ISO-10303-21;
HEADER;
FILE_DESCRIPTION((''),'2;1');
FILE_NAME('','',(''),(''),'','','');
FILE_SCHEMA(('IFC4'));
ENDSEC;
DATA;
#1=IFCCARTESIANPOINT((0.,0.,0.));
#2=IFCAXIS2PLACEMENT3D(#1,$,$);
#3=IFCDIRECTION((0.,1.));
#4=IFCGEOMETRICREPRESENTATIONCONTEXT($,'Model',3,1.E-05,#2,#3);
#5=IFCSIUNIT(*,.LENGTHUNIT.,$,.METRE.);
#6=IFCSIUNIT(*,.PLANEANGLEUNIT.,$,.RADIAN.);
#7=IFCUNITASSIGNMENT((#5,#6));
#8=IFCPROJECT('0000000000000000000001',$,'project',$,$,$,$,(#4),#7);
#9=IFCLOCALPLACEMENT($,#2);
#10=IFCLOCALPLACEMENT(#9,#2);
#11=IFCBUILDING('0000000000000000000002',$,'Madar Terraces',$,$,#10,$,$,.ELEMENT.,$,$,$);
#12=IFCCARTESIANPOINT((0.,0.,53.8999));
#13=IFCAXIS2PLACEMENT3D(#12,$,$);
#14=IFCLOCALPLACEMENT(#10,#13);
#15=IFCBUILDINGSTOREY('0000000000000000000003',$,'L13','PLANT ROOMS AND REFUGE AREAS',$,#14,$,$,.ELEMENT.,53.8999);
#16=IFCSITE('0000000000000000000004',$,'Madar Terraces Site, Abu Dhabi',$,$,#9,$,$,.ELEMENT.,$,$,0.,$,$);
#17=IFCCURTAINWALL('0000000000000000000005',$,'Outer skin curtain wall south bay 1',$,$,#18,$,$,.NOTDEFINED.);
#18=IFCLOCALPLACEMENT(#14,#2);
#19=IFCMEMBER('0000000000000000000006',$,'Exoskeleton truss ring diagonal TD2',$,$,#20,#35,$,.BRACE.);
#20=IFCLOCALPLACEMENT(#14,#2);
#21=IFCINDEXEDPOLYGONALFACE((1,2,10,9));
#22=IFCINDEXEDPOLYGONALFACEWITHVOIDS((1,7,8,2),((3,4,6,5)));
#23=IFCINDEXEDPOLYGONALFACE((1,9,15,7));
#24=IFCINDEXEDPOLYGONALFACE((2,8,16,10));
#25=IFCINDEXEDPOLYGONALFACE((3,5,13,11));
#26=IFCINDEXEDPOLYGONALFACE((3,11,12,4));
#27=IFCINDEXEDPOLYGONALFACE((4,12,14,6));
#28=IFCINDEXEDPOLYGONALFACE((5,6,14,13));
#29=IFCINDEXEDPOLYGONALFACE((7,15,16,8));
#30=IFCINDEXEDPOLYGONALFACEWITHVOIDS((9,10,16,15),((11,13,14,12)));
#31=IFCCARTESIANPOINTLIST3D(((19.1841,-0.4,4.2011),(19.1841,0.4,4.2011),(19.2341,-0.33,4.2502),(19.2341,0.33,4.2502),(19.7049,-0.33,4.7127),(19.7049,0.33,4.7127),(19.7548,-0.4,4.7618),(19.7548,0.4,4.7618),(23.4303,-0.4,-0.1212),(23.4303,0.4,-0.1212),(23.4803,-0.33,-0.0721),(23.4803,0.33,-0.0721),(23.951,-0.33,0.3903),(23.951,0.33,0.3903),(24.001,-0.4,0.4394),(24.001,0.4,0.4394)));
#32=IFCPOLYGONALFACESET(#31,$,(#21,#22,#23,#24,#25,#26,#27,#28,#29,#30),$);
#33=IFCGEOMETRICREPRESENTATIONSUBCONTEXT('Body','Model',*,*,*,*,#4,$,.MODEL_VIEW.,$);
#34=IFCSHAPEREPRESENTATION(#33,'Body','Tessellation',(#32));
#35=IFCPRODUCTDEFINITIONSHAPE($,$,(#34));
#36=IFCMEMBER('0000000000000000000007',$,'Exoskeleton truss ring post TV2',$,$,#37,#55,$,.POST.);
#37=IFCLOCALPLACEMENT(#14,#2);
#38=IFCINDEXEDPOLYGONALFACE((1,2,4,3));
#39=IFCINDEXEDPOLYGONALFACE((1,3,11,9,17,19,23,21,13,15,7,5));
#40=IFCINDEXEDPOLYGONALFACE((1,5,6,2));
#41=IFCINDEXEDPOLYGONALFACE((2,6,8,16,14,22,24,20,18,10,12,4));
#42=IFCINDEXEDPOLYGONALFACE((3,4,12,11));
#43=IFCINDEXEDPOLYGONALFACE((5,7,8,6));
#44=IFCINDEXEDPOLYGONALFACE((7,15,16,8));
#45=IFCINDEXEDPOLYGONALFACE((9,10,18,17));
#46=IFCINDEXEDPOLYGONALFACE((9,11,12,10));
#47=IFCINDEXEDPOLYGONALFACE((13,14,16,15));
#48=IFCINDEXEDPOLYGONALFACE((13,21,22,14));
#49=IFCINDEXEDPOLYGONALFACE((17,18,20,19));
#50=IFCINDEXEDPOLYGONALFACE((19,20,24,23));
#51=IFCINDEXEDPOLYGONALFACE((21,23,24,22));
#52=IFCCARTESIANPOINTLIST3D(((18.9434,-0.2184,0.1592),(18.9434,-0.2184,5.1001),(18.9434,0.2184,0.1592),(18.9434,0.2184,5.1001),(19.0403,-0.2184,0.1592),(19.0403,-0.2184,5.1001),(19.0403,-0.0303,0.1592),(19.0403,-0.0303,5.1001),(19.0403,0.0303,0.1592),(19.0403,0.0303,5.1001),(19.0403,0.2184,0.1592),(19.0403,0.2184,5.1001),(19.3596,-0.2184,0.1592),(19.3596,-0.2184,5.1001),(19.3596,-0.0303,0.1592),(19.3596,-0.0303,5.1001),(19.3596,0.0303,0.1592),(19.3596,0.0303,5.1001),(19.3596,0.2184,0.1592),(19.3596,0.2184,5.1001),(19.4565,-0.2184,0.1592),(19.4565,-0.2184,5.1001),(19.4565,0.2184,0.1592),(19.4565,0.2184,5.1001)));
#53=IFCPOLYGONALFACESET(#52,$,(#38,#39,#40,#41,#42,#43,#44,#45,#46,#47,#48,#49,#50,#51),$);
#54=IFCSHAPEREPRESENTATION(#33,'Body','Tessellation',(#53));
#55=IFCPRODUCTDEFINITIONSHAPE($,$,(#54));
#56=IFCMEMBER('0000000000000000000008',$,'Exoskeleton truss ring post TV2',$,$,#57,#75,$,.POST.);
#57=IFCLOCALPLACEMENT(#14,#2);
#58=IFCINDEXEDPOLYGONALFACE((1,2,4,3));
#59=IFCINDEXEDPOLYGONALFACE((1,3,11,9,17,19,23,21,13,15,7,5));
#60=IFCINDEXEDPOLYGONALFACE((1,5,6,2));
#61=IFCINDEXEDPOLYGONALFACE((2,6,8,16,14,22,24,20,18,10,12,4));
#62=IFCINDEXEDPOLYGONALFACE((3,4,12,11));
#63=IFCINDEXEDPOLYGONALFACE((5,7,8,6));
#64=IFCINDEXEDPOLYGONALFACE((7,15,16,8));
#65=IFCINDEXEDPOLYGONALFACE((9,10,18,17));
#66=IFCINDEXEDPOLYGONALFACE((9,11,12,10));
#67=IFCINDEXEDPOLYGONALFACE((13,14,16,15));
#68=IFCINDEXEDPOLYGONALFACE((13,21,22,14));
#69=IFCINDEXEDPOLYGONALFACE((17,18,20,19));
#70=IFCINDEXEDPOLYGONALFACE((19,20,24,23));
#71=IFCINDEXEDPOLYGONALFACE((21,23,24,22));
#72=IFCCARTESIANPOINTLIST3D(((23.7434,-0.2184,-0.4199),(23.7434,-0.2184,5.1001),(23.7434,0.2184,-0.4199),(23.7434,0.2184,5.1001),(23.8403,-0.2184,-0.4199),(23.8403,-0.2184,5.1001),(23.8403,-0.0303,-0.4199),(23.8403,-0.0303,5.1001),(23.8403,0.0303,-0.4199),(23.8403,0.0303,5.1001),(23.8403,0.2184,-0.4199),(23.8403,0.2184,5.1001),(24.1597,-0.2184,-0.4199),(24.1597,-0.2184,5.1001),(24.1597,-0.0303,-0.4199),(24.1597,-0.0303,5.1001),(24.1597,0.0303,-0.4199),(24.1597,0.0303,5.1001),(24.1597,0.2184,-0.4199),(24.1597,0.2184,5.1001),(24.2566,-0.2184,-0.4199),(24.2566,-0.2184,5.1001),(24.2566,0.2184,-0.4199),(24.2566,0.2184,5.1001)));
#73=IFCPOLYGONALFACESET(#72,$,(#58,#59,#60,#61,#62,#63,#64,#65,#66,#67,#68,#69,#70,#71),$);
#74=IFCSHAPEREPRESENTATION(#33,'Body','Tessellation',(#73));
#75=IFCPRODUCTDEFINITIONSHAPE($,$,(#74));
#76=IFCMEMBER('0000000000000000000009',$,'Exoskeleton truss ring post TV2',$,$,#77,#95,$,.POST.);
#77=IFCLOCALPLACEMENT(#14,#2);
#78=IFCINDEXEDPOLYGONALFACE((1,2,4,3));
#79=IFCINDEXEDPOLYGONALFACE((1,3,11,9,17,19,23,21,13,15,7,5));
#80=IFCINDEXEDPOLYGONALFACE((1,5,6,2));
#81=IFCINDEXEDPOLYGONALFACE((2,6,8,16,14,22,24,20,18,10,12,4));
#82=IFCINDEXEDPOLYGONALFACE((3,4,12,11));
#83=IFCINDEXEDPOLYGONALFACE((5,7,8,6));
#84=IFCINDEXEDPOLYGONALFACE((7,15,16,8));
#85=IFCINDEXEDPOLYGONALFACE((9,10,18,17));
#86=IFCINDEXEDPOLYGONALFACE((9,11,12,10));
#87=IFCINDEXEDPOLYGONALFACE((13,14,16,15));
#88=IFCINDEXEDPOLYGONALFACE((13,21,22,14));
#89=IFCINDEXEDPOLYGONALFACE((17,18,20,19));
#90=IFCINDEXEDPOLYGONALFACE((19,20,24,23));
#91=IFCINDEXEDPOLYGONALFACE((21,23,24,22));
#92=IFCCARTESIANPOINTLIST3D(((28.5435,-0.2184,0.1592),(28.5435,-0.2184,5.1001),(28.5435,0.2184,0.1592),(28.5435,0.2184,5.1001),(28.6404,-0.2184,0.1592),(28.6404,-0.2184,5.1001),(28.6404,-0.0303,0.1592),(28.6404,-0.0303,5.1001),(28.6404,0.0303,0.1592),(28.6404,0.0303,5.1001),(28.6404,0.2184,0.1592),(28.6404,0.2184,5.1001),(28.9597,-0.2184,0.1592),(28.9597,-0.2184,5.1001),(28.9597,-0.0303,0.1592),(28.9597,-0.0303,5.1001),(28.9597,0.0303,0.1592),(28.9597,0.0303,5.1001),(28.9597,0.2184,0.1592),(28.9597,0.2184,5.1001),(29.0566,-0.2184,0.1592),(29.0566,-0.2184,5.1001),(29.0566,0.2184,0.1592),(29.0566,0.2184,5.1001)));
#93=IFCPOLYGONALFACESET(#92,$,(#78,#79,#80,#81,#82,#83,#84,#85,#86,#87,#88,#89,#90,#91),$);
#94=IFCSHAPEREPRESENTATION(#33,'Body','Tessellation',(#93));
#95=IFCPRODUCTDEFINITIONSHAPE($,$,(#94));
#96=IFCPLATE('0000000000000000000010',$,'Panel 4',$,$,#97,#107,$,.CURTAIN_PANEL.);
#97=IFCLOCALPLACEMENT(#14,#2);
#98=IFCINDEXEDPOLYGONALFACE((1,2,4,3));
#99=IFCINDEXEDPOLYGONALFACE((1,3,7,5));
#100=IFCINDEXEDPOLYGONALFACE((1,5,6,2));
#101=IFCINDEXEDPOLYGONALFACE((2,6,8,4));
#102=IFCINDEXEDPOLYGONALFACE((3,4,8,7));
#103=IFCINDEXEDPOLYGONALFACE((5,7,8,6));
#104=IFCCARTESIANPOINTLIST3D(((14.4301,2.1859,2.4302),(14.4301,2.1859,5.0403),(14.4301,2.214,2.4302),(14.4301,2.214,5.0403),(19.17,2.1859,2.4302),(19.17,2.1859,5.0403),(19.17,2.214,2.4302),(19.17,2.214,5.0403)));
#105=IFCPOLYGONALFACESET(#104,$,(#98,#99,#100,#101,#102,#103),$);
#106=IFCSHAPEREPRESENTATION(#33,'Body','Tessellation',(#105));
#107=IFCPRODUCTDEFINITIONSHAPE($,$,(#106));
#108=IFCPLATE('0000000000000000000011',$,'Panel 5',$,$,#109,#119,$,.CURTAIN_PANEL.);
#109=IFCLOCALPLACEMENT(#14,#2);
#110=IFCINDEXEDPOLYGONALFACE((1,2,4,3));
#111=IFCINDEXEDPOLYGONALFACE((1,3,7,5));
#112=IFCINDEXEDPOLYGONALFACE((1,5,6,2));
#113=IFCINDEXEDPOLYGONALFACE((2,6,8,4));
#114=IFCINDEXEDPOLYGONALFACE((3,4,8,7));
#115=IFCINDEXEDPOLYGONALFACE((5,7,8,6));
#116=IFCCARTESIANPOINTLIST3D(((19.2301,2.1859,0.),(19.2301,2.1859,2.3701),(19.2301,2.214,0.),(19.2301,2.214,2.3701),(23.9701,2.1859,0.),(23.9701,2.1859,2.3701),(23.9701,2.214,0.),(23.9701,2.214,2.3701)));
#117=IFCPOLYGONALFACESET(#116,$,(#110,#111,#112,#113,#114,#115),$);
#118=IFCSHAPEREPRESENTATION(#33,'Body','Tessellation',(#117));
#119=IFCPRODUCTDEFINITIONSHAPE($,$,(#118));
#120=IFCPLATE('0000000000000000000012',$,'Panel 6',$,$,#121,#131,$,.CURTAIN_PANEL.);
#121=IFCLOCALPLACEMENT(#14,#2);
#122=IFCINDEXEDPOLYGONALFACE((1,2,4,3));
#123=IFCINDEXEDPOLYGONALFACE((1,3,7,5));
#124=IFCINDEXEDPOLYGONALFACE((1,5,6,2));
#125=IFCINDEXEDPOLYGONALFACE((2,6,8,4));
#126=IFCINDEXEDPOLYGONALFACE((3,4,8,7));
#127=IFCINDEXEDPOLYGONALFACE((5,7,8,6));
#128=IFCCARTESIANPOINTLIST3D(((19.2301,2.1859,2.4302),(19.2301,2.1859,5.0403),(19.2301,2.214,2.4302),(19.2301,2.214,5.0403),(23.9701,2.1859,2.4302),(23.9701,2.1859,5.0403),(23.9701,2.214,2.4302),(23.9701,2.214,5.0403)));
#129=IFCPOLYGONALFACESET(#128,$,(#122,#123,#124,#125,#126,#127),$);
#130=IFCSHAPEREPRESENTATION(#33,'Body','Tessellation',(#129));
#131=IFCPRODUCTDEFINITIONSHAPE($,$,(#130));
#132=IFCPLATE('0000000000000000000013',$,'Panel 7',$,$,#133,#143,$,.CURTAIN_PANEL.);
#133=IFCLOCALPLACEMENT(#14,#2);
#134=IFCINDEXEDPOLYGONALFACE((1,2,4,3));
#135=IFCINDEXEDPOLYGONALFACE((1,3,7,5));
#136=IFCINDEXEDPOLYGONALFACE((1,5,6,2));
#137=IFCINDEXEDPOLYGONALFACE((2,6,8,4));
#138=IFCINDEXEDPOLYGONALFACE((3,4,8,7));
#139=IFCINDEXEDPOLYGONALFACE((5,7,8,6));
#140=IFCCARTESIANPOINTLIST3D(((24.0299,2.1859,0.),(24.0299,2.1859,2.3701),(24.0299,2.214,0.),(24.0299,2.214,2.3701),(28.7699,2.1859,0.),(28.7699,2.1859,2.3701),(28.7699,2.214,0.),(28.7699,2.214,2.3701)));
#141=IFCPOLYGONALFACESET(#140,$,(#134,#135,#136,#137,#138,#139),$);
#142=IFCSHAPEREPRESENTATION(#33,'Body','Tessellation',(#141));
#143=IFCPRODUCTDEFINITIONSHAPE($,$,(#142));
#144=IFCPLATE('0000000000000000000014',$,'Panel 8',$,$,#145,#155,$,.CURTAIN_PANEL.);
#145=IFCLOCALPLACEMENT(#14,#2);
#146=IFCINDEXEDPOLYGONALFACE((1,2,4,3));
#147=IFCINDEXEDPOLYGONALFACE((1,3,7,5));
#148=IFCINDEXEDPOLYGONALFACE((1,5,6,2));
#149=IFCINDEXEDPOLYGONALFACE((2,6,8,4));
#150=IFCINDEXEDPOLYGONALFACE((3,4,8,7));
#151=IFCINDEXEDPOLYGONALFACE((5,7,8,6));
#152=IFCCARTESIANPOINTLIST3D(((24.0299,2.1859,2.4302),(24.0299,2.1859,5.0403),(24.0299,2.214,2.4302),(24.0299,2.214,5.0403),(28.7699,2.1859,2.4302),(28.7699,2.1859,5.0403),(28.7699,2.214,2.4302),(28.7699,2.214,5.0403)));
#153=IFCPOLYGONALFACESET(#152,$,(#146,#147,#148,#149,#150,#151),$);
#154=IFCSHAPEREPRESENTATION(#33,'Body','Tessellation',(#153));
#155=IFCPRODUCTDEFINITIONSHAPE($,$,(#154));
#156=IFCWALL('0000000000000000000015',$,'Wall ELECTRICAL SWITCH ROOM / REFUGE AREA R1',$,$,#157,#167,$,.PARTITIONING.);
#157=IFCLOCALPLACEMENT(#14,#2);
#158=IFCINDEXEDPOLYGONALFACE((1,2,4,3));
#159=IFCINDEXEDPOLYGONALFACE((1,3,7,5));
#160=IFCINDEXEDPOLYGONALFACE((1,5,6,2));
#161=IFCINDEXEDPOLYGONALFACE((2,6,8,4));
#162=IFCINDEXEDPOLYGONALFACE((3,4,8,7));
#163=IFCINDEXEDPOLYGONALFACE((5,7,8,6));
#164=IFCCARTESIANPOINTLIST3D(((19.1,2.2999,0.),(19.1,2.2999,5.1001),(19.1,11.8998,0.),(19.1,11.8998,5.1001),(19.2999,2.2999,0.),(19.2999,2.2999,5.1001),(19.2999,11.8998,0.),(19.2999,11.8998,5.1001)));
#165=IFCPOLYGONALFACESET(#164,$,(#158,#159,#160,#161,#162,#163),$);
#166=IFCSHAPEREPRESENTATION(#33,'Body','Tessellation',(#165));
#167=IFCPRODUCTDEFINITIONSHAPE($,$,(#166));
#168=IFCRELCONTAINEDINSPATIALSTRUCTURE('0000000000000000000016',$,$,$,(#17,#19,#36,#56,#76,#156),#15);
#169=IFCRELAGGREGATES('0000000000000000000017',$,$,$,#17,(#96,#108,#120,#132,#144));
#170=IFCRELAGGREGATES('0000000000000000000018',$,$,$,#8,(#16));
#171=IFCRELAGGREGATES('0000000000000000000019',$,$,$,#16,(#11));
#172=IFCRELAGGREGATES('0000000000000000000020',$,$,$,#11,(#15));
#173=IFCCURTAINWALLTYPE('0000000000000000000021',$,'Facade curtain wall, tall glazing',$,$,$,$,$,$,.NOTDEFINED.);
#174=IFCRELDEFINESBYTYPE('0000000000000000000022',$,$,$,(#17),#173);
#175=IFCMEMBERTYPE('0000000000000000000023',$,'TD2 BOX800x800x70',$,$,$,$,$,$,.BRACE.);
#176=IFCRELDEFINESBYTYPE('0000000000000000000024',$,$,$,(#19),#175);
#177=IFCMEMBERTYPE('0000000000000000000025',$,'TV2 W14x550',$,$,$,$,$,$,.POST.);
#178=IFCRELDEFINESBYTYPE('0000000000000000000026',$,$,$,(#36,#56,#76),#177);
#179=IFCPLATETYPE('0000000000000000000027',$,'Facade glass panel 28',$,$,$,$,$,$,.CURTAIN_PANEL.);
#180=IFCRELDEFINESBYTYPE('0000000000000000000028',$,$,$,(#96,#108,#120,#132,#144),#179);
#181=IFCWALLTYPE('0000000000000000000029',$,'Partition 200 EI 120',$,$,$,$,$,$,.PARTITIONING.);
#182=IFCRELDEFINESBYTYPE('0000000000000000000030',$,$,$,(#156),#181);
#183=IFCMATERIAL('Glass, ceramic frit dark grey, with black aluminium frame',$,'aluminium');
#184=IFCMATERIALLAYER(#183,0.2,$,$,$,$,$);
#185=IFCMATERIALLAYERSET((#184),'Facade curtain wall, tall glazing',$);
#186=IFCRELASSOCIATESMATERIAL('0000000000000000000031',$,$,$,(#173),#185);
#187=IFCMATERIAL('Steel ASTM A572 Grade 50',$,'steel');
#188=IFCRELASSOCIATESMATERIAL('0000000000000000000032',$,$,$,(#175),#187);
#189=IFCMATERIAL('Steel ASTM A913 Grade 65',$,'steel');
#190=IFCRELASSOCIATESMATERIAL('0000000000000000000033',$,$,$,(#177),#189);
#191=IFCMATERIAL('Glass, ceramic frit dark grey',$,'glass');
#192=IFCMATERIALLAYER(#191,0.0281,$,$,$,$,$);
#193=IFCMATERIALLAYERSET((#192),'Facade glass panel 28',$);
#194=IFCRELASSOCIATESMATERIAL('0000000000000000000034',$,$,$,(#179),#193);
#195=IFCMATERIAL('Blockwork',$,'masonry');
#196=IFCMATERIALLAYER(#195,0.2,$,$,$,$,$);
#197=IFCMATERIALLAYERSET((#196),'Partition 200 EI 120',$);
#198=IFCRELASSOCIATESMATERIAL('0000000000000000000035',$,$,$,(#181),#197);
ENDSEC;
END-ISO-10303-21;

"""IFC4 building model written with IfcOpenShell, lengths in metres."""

from ifc_helpers import new_model, si_unit, direction, frame, frame_2d, origin, origin_2d, place, context, subcontext, project, spatial, rectangle, hollow_rectangle, i_section, extrude, material, layer, layer_set, material_profile, profile_set, type_object, element, aggregate, save


model = new_model("IFC4")

# Units and contexts
model_context = context("Model", 3, precision=1e-05, world=origin(), true_north=direction((0.0, 1.0)))
body_context = subcontext(model_context, "Body", "Model", "MODEL_VIEW")
ifc_project = project(units=[si_unit("LENGTHUNIT", "METRE"), si_unit("PLANEANGLEUNIT", "RADIAN")], contexts=[model_context])

# Site, building, storey
site_placement = place(None, origin())
site = spatial("IfcSite", under=ifc_project, at=site_placement, Name="Madar Terraces Site, Abu Dhabi", CompositionType="ELEMENT", RefElevation=0.0)
building_placement = place(site_placement, origin())
building = spatial("IfcBuilding", under=site, at=building_placement, Name="Madar Terraces", CompositionType="ELEMENT")
storey_placement = place(building_placement, frame((0.0, 0.0, 53.8999)))
storey = spatial("IfcBuildingStorey", under=building, at=storey_placement, Name="L13", Description="PLANT ROOMS AND REFUGE AREAS", CompositionType="ELEMENT", Elevation=53.8999)

# Curtain wall
ifc_material_1 = material(Name="Glass, ceramic frit dark grey, with black aluminium frame", Category="aluminium")
ifc_layer_1 = layer(ifc_material_1, 0.2)
ifc_layer_set_1 = layer_set([ifc_layer_1], Name="Facade curtain wall, tall glazing")
curtain_wall_type = type_object("IfcCurtainWallType", Name="Facade curtain wall, tall glazing", PredefinedType="NOTDEFINED", material=ifc_layer_set_1)
curtain_wall_placement = place(storey_placement, origin())
curtain_wall = element("IfcCurtainWall", 1, at=curtain_wall_placement, inside=storey, type_object=curtain_wall_type, Name="Outer skin curtain wall south bay 1", PredefinedType="NOTDEFINED")

# Members
ifc_material_2 = material(Name="Steel ASTM A572 Grade 50", Category="steel")
ifc_material_profile_1 = material_profile(ifc_material_2, hollow_rectangle(XDim=0.8, YDim=0.8, WallThickness=0.0701, at=origin_2d()), Name="BOX800x800x70")
ifc_profile_set_1 = profile_set([ifc_material_profile_1], Name="Steel ASTM A572 Grade 50")
member_type_1 = type_object("IfcMemberType", Name="TD2 BOX800x800x70", PredefinedType="BRACE", material=ifc_profile_set_1)
member_1_placement = place(storey_placement, frame((19.4695, 0.0, 4.4814), z_axis=(0.700793, 0.0, -0.713365), x_axis=(0.0, 1.0, 0.0)))
element("IfcMember", 2, at=member_1_placement, inside=storey, type_object=member_type_1, Name="Exoskeleton truss ring diagonal TD2", PredefinedType="BRACE", context=body_context, shape_type="SweptSolid", body=[
    extrude(hollow_rectangle(XDim=0.8, YDim=0.8, WallThickness=0.0701, at=origin_2d()), origin(), (0.0, 0.0, 1.0), 6.0591),
])
ifc_material_3 = material(Name="Steel ASTM A913 Grade 65", Category="steel")
ifc_material_profile_2 = material_profile(ifc_material_3, i_section(OverallWidth=0.4368, OverallDepth=0.5132, WebThickness=0.0605, FlangeThickness=0.0969, at=origin_2d()), Name="W14x550")
ifc_profile_set_2 = profile_set([ifc_material_profile_2], Name="Steel ASTM A913 Grade 65")
member_type_2 = type_object("IfcMemberType", Name="TV2 W14x550", PredefinedType="POST", material=ifc_profile_set_2)
member_2_placement = place(storey_placement, frame((19.2, 0.0, 0.1592), z_axis=(0.0, 0.0, 1.0), x_axis=(0.0, 1.0, 0.0)))
element("IfcMember", 3, at=member_2_placement, inside=storey, type_object=member_type_2, Name="Exoskeleton truss ring post TV2", PredefinedType="POST", context=body_context, shape_type="SweptSolid", body=[
    extrude(i_section(OverallWidth=0.4368, OverallDepth=0.5132, WebThickness=0.0605, FlangeThickness=0.0969, at=origin_2d()), origin(), (0.0, 0.0, 1.0), 4.9409),
])
member_3_placement = place(storey_placement, frame((24.0, 0.0, -0.4199), z_axis=(0.0, 0.0, 1.0), x_axis=(0.0, 1.0, 0.0)))
element("IfcMember", 4, at=member_3_placement, inside=storey, type_object=member_type_2, Name="Exoskeleton truss ring post TV2", PredefinedType="POST", context=body_context, shape_type="SweptSolid", body=[
    extrude(i_section(OverallWidth=0.4368, OverallDepth=0.5132, WebThickness=0.0605, FlangeThickness=0.0969, at=origin_2d()), origin(), (0.0, 0.0, 1.0), 5.52),
])
member_4_placement = place(storey_placement, frame((28.8, 0.0, 0.1592), z_axis=(0.0, 0.0, 1.0), x_axis=(0.0, 1.0, 0.0)))
element("IfcMember", 5, at=member_4_placement, inside=storey, type_object=member_type_2, Name="Exoskeleton truss ring post TV2", PredefinedType="POST", context=body_context, shape_type="SweptSolid", body=[
    extrude(i_section(OverallWidth=0.4368, OverallDepth=0.5132, WebThickness=0.0605, FlangeThickness=0.0969, at=origin_2d()), origin(), (0.0, 0.0, 1.0), 4.9409),
])

# Plates
ifc_material_4 = material(Name="Glass, ceramic frit dark grey", Category="glass")
ifc_layer_2 = layer(ifc_material_4, 0.0281)
ifc_layer_set_2 = layer_set([ifc_layer_2], Name="Facade glass panel 28")
plate_type = type_object("IfcPlateType", Name="Facade glass panel 28", PredefinedType="CURTAIN_PANEL", material=ifc_layer_set_2)
plate_1_placement = place(storey_placement, frame((16.8, 2.2, 2.4302), z_axis=(0.0, 0.0, 1.0), x_axis=(1.0, 0.0, 0.0)))
plate_1 = element("IfcPlate", 6, at=plate_1_placement, type_object=plate_type, Name="Panel 4", PredefinedType="CURTAIN_PANEL", context=body_context, shape_type="SweptSolid", body=[
    extrude(rectangle(XDim=4.74, YDim=0.0281, at=origin_2d()), origin(), (0.0, 0.0, 1.0), 2.6101),
])
plate_2_placement = place(storey_placement, frame((21.6001, 2.2, 0.0), z_axis=(0.0, 0.0, 1.0), x_axis=(1.0, 0.0, 0.0)))
plate_2 = element("IfcPlate", 7, at=plate_2_placement, type_object=plate_type, Name="Panel 5", PredefinedType="CURTAIN_PANEL", context=body_context, shape_type="SweptSolid", body=[
    extrude(rectangle(XDim=4.74, YDim=0.0281, at=origin_2d()), origin(), (0.0, 0.0, 1.0), 2.3701),
])
plate_3_placement = place(storey_placement, frame((21.6001, 2.2, 2.4302), z_axis=(0.0, 0.0, 1.0), x_axis=(1.0, 0.0, 0.0)))
plate_3 = element("IfcPlate", 8, at=plate_3_placement, type_object=plate_type, Name="Panel 6", PredefinedType="CURTAIN_PANEL", context=body_context, shape_type="SweptSolid", body=[
    extrude(rectangle(XDim=4.74, YDim=0.0281, at=origin_2d()), origin(), (0.0, 0.0, 1.0), 2.6101),
])
plate_4_placement = place(storey_placement, frame((26.3999, 2.2, 0.0), z_axis=(0.0, 0.0, 1.0), x_axis=(1.0, 0.0, 0.0)))
plate_4 = element("IfcPlate", 9, at=plate_4_placement, type_object=plate_type, Name="Panel 7", PredefinedType="CURTAIN_PANEL", context=body_context, shape_type="SweptSolid", body=[
    extrude(rectangle(XDim=4.74, YDim=0.0281, at=origin_2d()), origin(), (0.0, 0.0, 1.0), 2.3701),
])
plate_5_placement = place(storey_placement, frame((26.3999, 2.2, 2.4302), z_axis=(0.0, 0.0, 1.0), x_axis=(1.0, 0.0, 0.0)))
plate_5 = element("IfcPlate", 10, at=plate_5_placement, type_object=plate_type, Name="Panel 8", PredefinedType="CURTAIN_PANEL", context=body_context, shape_type="SweptSolid", body=[
    extrude(rectangle(XDim=4.74, YDim=0.0281, at=origin_2d()), origin(), (0.0, 0.0, 1.0), 2.6101),
])
aggregate(curtain_wall, [plate_1, plate_2, plate_3, plate_4, plate_5])

# Wall
ifc_material_5 = material(Name="Blockwork", Category="masonry")
ifc_layer_3 = layer(ifc_material_5, 0.2)
ifc_layer_set_3 = layer_set([ifc_layer_3], Name="Partition 200 EI 120")
wall_type = type_object("IfcWallType", Name="Partition 200 EI 120", PredefinedType="PARTITIONING", material=ifc_layer_set_3)
wall_placement = place(storey_placement, frame((19.2, 2.3, 0.0), z_axis=(0.0, 0.0, 1.0), x_axis=(0.0, 1.0, 0.0)))
element("IfcWall", 11, at=wall_placement, inside=storey, type_object=wall_type, Name="Wall ELECTRICAL SWITCH ROOM / REFUGE AREA R1", PredefinedType="PARTITIONING", context=body_context, shape_type="SweptSolid", body=[
    extrude(rectangle(XDim=9.5999, YDim=0.2, at=frame_2d((4.7998, 0.0))), origin(), (0.0, 0.0, 1.0), 5.1001),
])

save(model, "model.ifc")
